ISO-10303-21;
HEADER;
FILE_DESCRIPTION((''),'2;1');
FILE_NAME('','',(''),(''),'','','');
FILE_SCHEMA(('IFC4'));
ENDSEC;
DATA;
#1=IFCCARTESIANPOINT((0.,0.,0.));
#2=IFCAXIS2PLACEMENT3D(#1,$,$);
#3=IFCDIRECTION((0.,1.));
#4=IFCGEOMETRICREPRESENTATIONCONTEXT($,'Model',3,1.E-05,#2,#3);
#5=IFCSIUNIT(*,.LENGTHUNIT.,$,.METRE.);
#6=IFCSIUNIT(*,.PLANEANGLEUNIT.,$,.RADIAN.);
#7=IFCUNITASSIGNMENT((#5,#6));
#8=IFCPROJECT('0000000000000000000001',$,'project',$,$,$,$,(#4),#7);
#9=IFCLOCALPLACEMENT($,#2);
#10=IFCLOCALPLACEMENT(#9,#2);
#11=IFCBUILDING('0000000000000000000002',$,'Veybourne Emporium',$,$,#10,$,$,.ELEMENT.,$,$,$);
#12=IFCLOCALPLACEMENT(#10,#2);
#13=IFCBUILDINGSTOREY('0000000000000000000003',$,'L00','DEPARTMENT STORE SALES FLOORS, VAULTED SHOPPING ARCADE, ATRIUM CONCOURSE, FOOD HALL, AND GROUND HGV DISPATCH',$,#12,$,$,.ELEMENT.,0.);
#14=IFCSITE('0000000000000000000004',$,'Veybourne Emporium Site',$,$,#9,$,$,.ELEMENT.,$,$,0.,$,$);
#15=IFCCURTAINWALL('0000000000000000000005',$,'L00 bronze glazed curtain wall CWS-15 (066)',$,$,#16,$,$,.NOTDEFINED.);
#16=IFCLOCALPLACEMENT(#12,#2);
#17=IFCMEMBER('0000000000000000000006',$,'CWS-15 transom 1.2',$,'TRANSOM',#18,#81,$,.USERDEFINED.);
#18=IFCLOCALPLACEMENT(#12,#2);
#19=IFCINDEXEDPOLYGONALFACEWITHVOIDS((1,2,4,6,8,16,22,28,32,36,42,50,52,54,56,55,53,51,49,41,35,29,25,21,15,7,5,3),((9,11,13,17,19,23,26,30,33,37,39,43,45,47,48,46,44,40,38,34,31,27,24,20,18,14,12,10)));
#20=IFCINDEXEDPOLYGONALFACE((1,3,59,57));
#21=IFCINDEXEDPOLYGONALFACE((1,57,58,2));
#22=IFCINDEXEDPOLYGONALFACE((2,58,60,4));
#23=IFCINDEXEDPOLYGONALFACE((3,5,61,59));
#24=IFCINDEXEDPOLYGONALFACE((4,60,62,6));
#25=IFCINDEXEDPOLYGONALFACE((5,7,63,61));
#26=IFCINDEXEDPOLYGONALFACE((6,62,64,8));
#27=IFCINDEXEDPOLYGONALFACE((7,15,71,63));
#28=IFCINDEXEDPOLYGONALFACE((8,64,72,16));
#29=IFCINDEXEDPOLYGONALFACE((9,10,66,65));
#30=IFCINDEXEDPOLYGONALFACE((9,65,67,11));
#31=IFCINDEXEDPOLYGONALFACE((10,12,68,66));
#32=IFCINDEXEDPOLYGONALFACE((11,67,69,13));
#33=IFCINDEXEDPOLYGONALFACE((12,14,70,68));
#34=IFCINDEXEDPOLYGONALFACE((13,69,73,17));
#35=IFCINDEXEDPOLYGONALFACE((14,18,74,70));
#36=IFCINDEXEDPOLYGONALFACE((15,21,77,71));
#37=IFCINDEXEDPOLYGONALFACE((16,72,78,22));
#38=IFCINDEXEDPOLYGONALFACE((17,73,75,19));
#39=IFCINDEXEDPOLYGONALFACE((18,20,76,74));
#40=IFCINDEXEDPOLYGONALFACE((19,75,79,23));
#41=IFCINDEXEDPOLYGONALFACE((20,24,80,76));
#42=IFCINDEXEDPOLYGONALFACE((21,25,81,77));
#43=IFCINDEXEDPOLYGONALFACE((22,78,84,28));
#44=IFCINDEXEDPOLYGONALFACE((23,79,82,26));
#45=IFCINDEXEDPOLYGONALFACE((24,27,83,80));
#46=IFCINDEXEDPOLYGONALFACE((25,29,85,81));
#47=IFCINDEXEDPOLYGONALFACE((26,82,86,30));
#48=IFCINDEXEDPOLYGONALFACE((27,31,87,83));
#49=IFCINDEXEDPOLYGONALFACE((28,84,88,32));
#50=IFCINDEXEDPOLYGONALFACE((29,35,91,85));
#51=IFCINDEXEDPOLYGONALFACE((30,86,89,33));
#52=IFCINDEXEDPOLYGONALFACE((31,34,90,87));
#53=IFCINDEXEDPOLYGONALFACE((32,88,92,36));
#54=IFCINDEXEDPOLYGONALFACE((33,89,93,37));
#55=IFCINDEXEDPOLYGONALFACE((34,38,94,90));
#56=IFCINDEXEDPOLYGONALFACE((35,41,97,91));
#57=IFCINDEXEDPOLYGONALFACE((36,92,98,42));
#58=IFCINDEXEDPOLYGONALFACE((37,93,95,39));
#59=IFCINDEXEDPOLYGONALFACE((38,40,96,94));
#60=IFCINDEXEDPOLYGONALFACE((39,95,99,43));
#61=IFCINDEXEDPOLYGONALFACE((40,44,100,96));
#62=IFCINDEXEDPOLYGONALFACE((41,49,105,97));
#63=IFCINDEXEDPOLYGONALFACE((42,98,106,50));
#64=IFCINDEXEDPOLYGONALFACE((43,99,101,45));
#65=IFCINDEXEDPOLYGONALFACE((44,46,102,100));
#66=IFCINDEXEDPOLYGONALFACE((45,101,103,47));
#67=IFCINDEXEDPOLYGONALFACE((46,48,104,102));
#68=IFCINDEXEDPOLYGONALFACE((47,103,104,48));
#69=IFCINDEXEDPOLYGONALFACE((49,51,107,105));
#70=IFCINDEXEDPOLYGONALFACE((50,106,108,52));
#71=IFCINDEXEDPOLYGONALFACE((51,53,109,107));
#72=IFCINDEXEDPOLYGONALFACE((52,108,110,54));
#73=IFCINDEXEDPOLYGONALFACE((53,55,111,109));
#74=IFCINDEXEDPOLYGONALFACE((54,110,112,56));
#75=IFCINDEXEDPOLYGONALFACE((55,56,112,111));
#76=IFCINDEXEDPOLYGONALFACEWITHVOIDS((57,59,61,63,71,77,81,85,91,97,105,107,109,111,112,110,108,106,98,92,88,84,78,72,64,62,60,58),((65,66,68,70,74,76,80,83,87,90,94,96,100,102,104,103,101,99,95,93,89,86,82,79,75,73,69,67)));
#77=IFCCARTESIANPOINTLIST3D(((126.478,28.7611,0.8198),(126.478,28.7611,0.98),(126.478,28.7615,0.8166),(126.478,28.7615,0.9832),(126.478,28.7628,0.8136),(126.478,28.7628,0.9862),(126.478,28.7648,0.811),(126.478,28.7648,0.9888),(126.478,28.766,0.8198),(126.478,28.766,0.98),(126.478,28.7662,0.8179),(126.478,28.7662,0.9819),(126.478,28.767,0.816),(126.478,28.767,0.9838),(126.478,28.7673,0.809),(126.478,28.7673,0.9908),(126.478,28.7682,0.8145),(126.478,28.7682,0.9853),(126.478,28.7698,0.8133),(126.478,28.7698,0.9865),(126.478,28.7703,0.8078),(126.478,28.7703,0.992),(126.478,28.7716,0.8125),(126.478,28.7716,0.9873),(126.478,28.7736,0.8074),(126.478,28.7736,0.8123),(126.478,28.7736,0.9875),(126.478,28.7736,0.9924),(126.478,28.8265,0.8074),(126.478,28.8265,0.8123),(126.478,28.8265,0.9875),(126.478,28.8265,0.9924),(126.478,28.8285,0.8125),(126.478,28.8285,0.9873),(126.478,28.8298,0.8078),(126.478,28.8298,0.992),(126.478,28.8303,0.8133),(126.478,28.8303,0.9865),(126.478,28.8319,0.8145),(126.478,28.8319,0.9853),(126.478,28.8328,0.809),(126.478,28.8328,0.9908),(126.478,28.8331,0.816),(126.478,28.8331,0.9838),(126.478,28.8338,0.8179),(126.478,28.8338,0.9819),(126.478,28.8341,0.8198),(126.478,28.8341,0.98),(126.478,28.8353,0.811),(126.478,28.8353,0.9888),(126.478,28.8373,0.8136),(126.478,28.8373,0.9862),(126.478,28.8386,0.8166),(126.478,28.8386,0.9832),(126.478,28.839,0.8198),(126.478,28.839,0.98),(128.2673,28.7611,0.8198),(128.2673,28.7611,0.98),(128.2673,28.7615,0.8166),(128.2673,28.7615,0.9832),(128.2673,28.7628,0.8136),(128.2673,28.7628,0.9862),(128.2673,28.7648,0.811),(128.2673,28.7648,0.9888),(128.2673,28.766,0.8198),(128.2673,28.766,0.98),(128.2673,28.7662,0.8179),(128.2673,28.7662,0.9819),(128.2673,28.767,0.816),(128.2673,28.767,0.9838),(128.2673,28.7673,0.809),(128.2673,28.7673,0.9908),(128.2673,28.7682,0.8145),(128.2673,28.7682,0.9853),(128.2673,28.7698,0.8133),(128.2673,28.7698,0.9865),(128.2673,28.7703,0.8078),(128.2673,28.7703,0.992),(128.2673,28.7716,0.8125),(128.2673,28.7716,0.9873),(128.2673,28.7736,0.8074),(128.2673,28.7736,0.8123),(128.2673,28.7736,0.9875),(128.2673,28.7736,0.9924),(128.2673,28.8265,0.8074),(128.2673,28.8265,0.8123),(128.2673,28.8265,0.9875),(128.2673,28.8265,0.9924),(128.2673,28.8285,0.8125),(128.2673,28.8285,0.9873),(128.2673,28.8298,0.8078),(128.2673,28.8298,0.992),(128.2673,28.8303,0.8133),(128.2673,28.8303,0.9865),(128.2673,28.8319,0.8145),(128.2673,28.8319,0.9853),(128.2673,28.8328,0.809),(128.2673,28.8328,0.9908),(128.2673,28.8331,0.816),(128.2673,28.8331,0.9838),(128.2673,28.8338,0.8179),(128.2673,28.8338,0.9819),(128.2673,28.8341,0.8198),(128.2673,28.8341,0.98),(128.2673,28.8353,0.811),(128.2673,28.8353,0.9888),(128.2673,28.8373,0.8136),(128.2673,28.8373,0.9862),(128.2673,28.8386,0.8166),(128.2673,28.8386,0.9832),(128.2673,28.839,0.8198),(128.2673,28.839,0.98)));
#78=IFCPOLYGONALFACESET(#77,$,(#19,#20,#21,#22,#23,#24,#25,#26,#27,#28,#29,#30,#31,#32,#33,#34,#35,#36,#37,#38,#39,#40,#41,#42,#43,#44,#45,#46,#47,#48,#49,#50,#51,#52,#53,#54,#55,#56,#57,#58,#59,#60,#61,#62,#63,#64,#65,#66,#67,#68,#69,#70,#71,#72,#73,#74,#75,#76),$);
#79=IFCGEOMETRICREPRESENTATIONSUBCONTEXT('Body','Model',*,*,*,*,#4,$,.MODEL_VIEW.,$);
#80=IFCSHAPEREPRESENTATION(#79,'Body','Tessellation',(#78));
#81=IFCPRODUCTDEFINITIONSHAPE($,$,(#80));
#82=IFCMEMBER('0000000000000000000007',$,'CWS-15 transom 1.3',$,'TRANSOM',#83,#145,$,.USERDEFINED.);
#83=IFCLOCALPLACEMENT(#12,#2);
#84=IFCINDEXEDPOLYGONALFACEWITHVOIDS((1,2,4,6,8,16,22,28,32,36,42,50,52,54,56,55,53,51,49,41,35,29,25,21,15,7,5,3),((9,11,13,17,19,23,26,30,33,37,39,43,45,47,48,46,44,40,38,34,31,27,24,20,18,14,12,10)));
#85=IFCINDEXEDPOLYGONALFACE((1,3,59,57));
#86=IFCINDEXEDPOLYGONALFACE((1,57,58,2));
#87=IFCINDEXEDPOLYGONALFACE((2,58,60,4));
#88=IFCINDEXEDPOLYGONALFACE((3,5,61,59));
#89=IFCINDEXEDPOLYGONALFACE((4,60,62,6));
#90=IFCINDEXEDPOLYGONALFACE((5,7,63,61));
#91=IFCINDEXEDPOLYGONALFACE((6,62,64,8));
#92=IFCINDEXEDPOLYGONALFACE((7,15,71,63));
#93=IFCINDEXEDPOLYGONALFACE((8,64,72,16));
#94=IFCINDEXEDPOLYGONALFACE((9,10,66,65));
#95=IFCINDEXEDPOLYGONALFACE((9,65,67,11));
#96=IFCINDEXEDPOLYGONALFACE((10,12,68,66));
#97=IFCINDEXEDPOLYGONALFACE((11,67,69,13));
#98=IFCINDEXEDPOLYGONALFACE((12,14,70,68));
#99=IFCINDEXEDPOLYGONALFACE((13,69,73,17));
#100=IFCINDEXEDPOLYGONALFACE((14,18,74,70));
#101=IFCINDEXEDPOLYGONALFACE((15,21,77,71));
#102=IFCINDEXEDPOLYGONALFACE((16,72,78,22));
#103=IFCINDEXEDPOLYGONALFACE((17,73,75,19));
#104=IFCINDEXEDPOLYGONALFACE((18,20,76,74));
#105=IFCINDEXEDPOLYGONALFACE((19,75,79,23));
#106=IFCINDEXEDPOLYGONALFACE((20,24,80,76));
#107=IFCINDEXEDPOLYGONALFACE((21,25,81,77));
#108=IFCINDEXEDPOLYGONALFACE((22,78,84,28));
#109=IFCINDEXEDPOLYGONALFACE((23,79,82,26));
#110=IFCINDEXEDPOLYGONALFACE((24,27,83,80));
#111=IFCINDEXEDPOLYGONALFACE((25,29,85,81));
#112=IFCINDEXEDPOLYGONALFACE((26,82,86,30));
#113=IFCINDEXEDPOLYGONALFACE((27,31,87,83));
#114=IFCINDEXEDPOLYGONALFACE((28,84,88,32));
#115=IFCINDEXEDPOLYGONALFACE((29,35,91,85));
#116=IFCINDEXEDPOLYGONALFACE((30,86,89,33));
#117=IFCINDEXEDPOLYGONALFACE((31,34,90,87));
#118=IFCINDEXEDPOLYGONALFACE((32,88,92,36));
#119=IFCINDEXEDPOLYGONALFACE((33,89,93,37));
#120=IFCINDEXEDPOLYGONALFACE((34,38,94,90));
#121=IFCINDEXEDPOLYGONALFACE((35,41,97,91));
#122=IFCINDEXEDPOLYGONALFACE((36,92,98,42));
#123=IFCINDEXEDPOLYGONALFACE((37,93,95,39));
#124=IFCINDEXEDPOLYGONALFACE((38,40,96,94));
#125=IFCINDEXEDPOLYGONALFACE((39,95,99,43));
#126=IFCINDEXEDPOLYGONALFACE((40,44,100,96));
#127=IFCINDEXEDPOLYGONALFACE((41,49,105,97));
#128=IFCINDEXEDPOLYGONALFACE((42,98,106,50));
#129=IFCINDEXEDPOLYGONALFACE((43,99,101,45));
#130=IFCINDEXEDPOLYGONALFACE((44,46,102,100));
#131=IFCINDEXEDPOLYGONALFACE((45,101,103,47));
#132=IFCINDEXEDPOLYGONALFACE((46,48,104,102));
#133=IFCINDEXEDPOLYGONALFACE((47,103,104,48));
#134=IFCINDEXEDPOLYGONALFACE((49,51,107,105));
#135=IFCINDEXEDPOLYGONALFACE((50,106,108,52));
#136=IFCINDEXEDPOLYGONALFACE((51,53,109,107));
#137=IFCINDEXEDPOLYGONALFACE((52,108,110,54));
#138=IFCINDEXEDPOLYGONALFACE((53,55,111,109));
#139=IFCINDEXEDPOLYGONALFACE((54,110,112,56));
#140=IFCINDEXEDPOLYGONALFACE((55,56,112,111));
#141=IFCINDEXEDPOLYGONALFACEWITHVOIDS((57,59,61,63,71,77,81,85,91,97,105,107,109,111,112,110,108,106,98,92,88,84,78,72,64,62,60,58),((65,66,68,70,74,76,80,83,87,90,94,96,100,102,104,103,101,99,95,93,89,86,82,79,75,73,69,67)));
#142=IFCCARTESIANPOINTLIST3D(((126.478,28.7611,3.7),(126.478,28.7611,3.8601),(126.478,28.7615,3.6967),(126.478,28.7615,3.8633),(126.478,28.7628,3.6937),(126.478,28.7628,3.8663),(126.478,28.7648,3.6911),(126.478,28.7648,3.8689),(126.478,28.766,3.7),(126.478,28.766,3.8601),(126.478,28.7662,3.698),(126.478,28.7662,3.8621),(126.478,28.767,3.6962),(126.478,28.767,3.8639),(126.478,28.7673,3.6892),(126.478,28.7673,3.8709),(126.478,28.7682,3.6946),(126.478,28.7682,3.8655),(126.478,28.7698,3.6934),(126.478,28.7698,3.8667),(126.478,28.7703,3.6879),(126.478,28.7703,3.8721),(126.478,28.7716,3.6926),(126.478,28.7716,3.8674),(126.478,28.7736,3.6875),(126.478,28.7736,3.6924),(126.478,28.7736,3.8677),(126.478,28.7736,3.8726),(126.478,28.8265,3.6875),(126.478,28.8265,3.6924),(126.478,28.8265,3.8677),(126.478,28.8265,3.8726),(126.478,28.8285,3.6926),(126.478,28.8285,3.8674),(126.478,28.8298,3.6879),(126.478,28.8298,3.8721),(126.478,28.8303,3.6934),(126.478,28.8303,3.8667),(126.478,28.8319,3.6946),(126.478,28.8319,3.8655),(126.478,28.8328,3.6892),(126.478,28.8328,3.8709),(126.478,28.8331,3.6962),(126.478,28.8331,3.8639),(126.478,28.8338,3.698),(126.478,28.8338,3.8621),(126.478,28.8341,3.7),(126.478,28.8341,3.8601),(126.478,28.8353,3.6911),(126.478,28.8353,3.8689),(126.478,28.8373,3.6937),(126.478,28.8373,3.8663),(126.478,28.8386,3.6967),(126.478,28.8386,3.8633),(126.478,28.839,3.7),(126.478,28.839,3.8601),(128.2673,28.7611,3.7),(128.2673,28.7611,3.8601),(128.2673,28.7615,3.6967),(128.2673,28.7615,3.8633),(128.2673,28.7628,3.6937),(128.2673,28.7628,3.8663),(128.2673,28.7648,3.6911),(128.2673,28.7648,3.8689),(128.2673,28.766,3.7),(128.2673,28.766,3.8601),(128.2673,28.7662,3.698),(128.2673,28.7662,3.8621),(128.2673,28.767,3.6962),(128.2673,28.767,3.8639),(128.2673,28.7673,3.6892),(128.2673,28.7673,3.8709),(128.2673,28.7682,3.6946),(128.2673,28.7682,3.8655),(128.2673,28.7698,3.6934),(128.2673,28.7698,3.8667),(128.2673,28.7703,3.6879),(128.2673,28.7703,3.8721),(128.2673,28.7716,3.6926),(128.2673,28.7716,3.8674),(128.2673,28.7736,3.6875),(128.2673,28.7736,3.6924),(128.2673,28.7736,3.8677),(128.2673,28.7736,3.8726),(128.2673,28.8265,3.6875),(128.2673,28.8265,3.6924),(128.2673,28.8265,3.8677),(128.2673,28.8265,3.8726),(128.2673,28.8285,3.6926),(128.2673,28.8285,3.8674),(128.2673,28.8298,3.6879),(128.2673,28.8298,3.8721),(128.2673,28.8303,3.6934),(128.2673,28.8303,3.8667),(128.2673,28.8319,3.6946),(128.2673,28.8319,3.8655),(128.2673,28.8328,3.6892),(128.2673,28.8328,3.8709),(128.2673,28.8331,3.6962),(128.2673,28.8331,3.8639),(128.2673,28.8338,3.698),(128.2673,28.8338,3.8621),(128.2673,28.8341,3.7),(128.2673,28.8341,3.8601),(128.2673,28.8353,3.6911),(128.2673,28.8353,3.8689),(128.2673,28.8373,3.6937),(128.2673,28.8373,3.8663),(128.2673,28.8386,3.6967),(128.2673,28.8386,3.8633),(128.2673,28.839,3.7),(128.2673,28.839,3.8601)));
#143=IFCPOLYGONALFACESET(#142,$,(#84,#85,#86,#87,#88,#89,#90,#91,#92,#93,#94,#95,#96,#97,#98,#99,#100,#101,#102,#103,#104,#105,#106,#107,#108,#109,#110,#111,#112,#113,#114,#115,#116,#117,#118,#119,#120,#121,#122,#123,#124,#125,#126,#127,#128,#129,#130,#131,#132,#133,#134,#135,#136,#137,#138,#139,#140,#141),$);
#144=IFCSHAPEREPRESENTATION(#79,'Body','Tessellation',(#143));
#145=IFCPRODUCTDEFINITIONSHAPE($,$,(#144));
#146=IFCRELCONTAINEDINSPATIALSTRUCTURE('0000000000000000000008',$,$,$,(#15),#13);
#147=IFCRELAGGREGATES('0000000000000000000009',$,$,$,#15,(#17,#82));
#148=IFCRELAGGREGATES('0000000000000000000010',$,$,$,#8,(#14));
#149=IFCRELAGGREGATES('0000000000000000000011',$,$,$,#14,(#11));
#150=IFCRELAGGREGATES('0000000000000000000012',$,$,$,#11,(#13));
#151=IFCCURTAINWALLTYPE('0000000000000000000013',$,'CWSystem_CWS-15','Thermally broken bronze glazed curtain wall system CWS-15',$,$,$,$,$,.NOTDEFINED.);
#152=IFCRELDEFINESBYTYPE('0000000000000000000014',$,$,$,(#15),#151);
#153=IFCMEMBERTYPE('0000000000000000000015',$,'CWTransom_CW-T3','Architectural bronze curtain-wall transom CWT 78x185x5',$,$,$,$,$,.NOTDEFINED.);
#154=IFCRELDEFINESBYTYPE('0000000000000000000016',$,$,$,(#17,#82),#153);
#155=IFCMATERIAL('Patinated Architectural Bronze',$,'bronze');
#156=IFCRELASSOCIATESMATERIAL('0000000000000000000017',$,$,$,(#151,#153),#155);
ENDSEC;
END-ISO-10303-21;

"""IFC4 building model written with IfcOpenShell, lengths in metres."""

from ifc_helpers import new_model, si_unit, direction, frame, origin, origin_2d, place, context, subcontext, project, spatial, hollow_rectangle, extrude, material, material_profile, profile_set, type_object, element, aggregate, save


model = new_model("IFC4")

# Units and contexts
model_context = context("Model", 3, precision=1e-05, world=origin(), true_north=direction((0.0, 1.0)))
body_context = subcontext(model_context, "Body", "Model", "MODEL_VIEW")
ifc_project = project(units=[si_unit("LENGTHUNIT", "METRE"), si_unit("PLANEANGLEUNIT", "RADIAN")], contexts=[model_context])

# Site, building, storey
site_placement = place(None, origin())
site = spatial("IfcSite", under=ifc_project, at=site_placement, Name="Veybourne Emporium Site", CompositionType="ELEMENT", RefElevation=0.0)
building_placement = place(site_placement, origin())
building = spatial("IfcBuilding", under=site, at=building_placement, Name="Veybourne Emporium", CompositionType="ELEMENT")
storey_placement = place(building_placement, origin())
storey = spatial("IfcBuildingStorey", under=building, at=storey_placement, Name="L00", Description="DEPARTMENT STORE SALES FLOORS, VAULTED SHOPPING ARCADE, ATRIUM CONCOURSE, FOOD HALL, AND GROUND HGV DISPATCH", CompositionType="ELEMENT", Elevation=0.0)

# Shared definitions
ifc_material_1 = material(Name="Patinated Architectural Bronze", Category="bronze")

# Curtain wall
curtain_wall_type_1 = type_object("IfcCurtainWallType", Name="CWSystem_CWS-15", Description="Thermally broken bronze glazed curtain wall system CWS-15", PredefinedType="NOTDEFINED", material=ifc_material_1)
curtain_wall_1_placement = place(storey_placement, origin())
curtain_wall_1 = element("IfcCurtainWall", 1, at=curtain_wall_1_placement, inside=storey, type_object=curtain_wall_type_1, Name="L00 bronze glazed curtain wall CWS-15 (066)", PredefinedType="NOTDEFINED")

# Members
ifc_material_profile_1 = material_profile(ifc_material_1, hollow_rectangle(XDim=0.0779, YDim=0.1851, WallThickness=0.0049, InnerFilletRadius=0.0076, OuterFilletRadius=0.0125, at=origin_2d()), Name="CWT 78x185x5")
ifc_profile_set_1 = profile_set([ifc_material_profile_1], Name="Patinated Architectural Bronze")
member_type_1 = type_object("IfcMemberType", Name="CWTransom_CW-T3", Description="Architectural bronze curtain-wall transom CWT 78x185x5", PredefinedType="NOTDEFINED", material=ifc_profile_set_1)
member_1_placement = place(storey_placement, frame((126.478, 28.8, 0.8999), z_axis=(1.0, 0.0, 0.0), x_axis=(0.0, 1.0, 0.0)))
member_1 = element("IfcMember", 2, at=member_1_placement, type_object=member_type_1, Name="CWS-15 transom 1.2", ObjectType="TRANSOM", PredefinedType="USERDEFINED", context=body_context, shape_type="SweptSolid", body=[
    extrude(hollow_rectangle(XDim=0.0779, YDim=0.1851, WallThickness=0.0049, InnerFilletRadius=0.0076, OuterFilletRadius=0.0125, at=origin_2d()), origin(), (0.0, 0.0, 1.0), 1.7893),
])
member_2_placement = place(storey_placement, frame((126.478, 28.8, 3.78), z_axis=(1.0, 0.0, 0.0), x_axis=(0.0, 1.0, 0.0)))
member_2 = element("IfcMember", 3, at=member_2_placement, type_object=member_type_1, Name="CWS-15 transom 1.3", ObjectType="TRANSOM", PredefinedType="USERDEFINED", context=body_context, shape_type="SweptSolid", body=[
    extrude(hollow_rectangle(XDim=0.0779, YDim=0.1851, WallThickness=0.0049, InnerFilletRadius=0.0076, OuterFilletRadius=0.0125, at=origin_2d()), origin(), (0.0, 0.0, 1.0), 1.7893),
])

aggregate(curtain_wall_1, [member_1, member_2])

save(model, "model.ifc")
